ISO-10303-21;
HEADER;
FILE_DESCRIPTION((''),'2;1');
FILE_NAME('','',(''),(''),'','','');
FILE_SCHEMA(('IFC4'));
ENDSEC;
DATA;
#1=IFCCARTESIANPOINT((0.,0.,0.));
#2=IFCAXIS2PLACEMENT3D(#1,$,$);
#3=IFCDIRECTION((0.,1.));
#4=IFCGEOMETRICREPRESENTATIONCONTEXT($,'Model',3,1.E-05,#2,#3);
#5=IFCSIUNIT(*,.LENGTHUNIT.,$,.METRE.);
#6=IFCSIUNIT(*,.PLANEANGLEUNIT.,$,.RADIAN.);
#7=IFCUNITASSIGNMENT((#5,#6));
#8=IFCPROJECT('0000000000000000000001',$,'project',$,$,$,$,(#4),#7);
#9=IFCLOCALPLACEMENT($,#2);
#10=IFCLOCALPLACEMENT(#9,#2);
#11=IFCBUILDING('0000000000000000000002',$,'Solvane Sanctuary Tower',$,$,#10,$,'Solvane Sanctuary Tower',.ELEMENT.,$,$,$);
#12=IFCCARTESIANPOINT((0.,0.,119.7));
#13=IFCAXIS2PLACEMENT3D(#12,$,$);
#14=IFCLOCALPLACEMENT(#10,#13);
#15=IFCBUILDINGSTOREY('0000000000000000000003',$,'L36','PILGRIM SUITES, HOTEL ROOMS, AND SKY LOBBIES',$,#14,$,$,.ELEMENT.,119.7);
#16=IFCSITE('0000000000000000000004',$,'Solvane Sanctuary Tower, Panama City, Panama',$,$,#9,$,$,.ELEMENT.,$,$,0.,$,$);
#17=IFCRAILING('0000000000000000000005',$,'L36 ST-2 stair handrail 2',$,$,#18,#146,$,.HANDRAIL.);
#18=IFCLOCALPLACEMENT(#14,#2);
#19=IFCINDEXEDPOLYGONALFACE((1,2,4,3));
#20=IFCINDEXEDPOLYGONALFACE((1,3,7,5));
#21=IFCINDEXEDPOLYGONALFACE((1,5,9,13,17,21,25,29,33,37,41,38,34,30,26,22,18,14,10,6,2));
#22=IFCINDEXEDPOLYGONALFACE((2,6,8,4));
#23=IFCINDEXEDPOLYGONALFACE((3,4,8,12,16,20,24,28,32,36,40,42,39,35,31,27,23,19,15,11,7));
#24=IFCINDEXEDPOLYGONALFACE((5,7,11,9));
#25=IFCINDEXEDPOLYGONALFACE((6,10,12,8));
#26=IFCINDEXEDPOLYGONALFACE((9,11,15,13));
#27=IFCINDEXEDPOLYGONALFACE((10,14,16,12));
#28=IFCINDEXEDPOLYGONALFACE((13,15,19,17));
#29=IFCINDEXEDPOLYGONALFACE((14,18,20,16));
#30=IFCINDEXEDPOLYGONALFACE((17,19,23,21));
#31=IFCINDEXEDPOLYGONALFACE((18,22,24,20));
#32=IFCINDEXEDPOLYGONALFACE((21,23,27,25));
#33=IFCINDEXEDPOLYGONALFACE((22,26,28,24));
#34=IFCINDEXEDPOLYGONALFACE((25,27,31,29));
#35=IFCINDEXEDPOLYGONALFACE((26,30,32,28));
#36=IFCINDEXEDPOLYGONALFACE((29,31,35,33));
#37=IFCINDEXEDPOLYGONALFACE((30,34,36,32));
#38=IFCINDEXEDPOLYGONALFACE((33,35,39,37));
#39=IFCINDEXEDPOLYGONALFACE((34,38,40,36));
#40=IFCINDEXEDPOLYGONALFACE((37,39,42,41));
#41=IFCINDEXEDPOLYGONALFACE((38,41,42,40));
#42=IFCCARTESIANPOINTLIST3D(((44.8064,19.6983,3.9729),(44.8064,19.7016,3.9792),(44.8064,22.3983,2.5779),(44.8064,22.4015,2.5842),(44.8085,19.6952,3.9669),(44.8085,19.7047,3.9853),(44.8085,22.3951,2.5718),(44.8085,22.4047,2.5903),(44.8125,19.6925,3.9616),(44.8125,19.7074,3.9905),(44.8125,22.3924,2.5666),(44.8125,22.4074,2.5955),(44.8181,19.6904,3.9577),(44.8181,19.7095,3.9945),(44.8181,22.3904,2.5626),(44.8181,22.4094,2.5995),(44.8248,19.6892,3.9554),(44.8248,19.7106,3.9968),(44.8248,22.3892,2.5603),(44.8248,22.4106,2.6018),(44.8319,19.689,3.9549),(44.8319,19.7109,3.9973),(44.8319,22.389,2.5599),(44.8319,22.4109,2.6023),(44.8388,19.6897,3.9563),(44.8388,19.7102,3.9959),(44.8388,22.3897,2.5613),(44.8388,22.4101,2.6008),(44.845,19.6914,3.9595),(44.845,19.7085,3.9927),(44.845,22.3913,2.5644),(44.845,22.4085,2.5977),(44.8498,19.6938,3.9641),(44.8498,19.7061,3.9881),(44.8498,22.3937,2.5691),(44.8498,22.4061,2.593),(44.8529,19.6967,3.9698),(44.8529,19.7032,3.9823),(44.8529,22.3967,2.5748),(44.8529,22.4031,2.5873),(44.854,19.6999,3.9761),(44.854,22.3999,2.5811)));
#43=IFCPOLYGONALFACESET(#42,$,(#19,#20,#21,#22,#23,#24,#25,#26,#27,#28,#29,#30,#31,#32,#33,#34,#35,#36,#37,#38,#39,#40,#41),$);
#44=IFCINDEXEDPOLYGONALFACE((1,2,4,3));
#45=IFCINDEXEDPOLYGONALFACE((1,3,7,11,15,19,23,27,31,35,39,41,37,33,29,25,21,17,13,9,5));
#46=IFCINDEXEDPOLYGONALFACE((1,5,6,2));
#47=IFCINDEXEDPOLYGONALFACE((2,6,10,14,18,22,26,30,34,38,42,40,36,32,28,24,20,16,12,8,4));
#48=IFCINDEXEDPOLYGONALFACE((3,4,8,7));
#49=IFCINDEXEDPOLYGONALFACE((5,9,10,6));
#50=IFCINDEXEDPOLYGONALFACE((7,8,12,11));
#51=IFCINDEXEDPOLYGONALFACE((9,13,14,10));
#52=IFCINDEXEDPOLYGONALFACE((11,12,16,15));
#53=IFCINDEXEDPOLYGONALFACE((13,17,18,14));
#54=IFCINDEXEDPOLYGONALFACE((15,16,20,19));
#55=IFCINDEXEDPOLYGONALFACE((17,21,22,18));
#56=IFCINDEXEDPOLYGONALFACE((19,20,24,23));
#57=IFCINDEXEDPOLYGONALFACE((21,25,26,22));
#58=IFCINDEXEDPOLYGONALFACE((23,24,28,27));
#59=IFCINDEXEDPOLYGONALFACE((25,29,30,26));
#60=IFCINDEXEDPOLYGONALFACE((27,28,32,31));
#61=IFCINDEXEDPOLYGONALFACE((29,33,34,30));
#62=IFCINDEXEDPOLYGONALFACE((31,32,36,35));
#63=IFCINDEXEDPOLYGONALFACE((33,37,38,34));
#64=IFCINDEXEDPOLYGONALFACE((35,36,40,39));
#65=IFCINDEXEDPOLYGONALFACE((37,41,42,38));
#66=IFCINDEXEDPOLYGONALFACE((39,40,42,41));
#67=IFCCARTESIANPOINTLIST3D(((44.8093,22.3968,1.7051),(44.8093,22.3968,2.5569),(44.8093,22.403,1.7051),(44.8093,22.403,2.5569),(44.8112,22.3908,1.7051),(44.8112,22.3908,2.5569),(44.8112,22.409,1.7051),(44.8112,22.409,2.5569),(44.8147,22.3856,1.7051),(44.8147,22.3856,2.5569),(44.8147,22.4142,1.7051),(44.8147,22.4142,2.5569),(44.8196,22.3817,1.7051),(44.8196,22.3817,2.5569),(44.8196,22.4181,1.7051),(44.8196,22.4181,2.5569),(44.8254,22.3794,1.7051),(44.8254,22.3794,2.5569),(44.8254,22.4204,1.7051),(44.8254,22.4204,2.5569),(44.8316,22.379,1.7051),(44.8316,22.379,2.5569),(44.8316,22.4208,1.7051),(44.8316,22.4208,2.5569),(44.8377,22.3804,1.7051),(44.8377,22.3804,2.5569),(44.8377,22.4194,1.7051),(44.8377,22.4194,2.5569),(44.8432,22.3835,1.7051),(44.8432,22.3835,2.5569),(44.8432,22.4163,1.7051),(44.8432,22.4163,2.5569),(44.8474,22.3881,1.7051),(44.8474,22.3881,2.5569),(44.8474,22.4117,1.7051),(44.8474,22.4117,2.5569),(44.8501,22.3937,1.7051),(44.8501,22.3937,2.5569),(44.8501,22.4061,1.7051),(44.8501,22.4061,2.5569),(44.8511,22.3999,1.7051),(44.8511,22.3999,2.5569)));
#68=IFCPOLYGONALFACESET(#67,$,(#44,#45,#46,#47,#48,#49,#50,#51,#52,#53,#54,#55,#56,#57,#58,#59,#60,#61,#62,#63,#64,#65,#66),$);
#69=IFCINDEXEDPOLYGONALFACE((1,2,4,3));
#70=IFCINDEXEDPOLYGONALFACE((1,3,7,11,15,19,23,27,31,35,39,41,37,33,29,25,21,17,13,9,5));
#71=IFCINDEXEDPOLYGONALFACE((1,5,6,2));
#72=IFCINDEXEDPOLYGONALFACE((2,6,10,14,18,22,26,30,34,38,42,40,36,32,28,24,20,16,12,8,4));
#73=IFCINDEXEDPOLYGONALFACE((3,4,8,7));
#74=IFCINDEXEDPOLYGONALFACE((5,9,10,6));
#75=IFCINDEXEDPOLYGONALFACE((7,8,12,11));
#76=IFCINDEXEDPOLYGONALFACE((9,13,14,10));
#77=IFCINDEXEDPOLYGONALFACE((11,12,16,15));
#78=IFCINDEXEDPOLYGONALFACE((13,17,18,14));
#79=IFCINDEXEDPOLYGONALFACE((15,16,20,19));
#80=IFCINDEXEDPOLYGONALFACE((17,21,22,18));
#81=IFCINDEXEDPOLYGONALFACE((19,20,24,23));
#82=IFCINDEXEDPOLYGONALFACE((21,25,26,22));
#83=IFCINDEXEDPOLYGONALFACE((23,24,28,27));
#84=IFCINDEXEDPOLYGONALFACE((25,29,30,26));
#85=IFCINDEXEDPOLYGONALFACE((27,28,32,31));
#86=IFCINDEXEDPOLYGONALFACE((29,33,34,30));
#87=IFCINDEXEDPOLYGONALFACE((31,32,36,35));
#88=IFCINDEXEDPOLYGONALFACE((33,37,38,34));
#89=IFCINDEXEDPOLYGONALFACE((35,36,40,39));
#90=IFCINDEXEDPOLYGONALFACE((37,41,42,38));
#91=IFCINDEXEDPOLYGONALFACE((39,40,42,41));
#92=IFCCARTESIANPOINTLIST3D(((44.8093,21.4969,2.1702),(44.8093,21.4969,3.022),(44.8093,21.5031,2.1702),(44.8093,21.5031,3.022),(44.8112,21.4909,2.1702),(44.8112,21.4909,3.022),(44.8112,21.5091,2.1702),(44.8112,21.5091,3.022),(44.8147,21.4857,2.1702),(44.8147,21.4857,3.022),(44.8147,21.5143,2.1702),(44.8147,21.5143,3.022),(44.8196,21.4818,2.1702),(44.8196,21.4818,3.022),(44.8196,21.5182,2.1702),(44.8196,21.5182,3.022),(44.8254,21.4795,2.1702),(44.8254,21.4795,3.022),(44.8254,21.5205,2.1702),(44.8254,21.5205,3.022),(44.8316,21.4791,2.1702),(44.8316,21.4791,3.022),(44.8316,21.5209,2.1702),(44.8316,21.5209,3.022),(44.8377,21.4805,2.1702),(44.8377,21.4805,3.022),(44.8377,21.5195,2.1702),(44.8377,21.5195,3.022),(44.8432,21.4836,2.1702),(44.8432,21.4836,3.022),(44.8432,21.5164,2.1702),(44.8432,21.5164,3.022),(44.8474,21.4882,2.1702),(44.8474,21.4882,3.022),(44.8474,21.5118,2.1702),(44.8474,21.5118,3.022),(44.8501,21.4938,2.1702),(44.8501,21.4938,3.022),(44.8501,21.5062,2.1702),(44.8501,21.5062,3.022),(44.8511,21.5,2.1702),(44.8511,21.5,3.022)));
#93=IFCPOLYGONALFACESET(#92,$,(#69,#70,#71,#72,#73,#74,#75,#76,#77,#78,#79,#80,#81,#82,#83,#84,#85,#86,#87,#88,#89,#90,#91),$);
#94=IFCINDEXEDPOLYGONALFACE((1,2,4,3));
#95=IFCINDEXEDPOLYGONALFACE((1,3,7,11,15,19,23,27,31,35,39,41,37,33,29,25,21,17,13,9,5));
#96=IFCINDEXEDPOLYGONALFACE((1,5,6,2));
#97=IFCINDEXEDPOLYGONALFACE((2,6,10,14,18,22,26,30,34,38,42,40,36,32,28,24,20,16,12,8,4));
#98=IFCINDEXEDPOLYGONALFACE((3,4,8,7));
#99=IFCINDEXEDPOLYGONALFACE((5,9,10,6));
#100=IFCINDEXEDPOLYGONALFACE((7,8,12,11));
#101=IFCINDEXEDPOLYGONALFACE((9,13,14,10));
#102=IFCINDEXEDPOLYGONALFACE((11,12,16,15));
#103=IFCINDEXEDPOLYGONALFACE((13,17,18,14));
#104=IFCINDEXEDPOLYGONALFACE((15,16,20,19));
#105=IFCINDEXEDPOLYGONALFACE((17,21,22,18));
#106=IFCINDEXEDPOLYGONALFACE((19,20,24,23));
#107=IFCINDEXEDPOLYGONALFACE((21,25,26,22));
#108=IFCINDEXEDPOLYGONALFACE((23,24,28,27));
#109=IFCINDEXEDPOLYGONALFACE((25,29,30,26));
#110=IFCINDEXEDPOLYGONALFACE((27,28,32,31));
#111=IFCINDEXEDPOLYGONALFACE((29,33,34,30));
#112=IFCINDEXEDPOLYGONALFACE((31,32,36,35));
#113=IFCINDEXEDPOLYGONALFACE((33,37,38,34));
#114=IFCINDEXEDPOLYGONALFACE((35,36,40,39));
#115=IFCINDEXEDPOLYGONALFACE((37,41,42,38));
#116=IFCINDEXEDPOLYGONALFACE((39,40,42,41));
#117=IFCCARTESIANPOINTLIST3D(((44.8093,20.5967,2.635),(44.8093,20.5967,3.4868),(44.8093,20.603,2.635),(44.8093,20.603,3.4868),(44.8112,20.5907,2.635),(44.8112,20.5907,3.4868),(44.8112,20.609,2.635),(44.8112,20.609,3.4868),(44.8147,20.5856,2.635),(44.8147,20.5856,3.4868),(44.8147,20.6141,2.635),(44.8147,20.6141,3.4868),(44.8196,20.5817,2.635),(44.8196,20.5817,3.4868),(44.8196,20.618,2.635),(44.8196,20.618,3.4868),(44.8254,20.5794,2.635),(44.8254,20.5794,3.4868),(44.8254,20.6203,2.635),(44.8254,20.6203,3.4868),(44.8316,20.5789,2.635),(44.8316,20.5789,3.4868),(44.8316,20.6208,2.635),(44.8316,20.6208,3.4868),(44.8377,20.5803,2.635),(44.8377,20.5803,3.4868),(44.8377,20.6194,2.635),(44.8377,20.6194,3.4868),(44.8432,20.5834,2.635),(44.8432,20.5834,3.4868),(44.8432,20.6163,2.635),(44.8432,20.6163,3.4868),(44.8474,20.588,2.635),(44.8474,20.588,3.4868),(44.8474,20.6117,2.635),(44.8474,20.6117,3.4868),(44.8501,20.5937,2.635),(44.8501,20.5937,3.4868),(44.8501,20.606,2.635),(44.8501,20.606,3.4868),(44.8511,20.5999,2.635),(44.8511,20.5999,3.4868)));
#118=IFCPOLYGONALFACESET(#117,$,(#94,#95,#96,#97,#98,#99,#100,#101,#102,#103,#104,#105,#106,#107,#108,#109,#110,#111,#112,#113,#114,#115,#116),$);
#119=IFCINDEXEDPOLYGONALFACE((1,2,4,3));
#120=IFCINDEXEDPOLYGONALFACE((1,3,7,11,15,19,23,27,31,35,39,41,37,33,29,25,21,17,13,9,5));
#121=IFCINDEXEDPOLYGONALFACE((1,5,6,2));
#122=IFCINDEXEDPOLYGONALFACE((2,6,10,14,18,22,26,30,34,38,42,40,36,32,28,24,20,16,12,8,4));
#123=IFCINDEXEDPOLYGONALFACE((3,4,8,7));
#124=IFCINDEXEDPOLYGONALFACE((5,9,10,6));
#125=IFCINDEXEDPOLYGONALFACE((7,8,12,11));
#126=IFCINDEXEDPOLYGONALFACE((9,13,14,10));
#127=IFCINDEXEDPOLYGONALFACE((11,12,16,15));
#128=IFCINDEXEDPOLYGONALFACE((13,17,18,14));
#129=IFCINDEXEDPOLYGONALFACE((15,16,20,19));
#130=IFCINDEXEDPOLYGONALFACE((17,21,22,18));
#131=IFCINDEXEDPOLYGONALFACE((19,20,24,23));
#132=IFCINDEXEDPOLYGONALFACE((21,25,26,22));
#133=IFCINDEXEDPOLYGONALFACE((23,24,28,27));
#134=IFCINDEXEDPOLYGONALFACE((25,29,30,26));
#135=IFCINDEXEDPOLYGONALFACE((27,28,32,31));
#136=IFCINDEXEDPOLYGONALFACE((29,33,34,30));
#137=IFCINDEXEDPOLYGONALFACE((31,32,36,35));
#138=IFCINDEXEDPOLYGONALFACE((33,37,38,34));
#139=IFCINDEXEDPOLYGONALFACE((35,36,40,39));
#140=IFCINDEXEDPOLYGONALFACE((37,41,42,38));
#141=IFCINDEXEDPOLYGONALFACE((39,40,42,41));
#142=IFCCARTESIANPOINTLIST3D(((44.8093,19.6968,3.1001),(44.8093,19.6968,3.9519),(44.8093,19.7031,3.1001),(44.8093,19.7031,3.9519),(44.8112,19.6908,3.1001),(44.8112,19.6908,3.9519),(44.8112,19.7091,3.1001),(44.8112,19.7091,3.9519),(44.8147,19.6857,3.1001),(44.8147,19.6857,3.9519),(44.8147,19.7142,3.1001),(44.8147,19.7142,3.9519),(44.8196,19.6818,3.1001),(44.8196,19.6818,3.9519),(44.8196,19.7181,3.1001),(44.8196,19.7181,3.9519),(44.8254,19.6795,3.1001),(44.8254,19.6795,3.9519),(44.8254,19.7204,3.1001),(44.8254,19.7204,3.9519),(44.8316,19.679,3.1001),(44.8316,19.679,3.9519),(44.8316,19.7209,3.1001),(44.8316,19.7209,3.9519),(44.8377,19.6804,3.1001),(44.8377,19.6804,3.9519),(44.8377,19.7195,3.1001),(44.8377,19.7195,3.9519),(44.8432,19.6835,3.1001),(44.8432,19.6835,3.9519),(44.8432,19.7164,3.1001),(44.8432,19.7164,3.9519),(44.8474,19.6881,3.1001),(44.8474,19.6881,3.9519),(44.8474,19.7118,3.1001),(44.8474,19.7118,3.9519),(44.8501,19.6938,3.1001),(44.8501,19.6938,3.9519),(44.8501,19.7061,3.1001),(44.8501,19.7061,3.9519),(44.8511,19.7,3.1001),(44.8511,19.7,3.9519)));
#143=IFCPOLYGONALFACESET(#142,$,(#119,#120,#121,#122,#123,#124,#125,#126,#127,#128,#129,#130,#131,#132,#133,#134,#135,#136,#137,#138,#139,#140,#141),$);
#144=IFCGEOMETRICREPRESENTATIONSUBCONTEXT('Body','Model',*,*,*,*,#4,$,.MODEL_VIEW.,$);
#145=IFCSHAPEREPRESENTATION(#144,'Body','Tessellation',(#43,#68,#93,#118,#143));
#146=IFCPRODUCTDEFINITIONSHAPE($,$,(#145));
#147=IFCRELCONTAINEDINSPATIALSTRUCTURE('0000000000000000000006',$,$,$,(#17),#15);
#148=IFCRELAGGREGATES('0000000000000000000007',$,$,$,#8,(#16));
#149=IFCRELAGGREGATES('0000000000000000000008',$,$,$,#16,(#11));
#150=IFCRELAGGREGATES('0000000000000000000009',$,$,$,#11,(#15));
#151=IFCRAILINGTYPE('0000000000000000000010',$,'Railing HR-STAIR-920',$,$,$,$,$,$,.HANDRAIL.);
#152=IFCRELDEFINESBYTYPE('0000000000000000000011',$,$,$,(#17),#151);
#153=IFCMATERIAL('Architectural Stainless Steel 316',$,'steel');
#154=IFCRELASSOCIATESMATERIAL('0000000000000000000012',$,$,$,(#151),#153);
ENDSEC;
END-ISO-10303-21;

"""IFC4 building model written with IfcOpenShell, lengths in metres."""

from ifc_helpers import new_model, si_unit, direction, frame, origin, origin_2d, place, context, subcontext, project, spatial, circle, extrude, material, type_object, element, save


model = new_model("IFC4")

# Units and contexts
model_context = context("Model", 3, precision=1e-05, world=origin(), true_north=direction((0.0, 1.0)))
body_context = subcontext(model_context, "Body", "Model", "MODEL_VIEW")
ifc_project = project(units=[si_unit("LENGTHUNIT", "METRE"), si_unit("PLANEANGLEUNIT", "RADIAN")], contexts=[model_context])

# Site, building, storey
site_placement = place(None, origin())
site = spatial("IfcSite", under=ifc_project, at=site_placement, Name="Solvane Sanctuary Tower, Panama City, Panama", CompositionType="ELEMENT", RefElevation=0.0)
building_placement = place(site_placement, origin())
building = spatial("IfcBuilding", under=site, at=building_placement, Name="Solvane Sanctuary Tower", LongName="Solvane Sanctuary Tower", CompositionType="ELEMENT")
storey_placement = place(building_placement, frame((0.0, 0.0, 119.7)))
storey = spatial("IfcBuildingStorey", under=building, at=storey_placement, Name="L36", Description="PILGRIM SUITES, HOTEL ROOMS, AND SKY LOBBIES", CompositionType="ELEMENT", Elevation=119.7)

# Shared definitions
ifc_material_1 = material(Name="Architectural Stainless Steel 316", Category="steel")

# Railing
railing_type_1 = type_object("IfcRailingType", Name="Railing HR-STAIR-920", PredefinedType="HANDRAIL", material=ifc_material_1)
railing_1_placement = place(storey_placement, frame((44.8301, 22.3999, 1.7051)))
element("IfcRailing", 1, at=railing_1_placement, inside=storey, type_object=railing_type_1, Name="L36 ST-2 stair handrail 2", PredefinedType="HANDRAIL", context=body_context, shape_type="SweptSolid", body=[
    extrude(circle(Radius=0.0239, at=origin_2d()), frame((0.0, 0.0, 0.876), z_axis=(0.0, -0.88842, 0.459032), x_axis=(1.0, 0.0, 0.0)), (0.0, 0.0, 1.0), 3.0391),
    extrude(circle(Radius=0.021, at=origin_2d()), origin(), (0.0, 0.0, 1.0), 0.8518),
    extrude(circle(Radius=0.021, at=origin_2d()), frame((0.0, -0.8999, 0.4651)), (0.0, 0.0, 1.0), 0.8518),
    extrude(circle(Radius=0.021, at=origin_2d()), frame((0.0, -1.8, 0.9299)), (0.0, 0.0, 1.0), 0.8518),
    extrude(circle(Radius=0.021, at=origin_2d()), frame((0.0, -2.7, 1.395)), (0.0, 0.0, 1.0), 0.8518),
])

save(model, "model.ifc")
